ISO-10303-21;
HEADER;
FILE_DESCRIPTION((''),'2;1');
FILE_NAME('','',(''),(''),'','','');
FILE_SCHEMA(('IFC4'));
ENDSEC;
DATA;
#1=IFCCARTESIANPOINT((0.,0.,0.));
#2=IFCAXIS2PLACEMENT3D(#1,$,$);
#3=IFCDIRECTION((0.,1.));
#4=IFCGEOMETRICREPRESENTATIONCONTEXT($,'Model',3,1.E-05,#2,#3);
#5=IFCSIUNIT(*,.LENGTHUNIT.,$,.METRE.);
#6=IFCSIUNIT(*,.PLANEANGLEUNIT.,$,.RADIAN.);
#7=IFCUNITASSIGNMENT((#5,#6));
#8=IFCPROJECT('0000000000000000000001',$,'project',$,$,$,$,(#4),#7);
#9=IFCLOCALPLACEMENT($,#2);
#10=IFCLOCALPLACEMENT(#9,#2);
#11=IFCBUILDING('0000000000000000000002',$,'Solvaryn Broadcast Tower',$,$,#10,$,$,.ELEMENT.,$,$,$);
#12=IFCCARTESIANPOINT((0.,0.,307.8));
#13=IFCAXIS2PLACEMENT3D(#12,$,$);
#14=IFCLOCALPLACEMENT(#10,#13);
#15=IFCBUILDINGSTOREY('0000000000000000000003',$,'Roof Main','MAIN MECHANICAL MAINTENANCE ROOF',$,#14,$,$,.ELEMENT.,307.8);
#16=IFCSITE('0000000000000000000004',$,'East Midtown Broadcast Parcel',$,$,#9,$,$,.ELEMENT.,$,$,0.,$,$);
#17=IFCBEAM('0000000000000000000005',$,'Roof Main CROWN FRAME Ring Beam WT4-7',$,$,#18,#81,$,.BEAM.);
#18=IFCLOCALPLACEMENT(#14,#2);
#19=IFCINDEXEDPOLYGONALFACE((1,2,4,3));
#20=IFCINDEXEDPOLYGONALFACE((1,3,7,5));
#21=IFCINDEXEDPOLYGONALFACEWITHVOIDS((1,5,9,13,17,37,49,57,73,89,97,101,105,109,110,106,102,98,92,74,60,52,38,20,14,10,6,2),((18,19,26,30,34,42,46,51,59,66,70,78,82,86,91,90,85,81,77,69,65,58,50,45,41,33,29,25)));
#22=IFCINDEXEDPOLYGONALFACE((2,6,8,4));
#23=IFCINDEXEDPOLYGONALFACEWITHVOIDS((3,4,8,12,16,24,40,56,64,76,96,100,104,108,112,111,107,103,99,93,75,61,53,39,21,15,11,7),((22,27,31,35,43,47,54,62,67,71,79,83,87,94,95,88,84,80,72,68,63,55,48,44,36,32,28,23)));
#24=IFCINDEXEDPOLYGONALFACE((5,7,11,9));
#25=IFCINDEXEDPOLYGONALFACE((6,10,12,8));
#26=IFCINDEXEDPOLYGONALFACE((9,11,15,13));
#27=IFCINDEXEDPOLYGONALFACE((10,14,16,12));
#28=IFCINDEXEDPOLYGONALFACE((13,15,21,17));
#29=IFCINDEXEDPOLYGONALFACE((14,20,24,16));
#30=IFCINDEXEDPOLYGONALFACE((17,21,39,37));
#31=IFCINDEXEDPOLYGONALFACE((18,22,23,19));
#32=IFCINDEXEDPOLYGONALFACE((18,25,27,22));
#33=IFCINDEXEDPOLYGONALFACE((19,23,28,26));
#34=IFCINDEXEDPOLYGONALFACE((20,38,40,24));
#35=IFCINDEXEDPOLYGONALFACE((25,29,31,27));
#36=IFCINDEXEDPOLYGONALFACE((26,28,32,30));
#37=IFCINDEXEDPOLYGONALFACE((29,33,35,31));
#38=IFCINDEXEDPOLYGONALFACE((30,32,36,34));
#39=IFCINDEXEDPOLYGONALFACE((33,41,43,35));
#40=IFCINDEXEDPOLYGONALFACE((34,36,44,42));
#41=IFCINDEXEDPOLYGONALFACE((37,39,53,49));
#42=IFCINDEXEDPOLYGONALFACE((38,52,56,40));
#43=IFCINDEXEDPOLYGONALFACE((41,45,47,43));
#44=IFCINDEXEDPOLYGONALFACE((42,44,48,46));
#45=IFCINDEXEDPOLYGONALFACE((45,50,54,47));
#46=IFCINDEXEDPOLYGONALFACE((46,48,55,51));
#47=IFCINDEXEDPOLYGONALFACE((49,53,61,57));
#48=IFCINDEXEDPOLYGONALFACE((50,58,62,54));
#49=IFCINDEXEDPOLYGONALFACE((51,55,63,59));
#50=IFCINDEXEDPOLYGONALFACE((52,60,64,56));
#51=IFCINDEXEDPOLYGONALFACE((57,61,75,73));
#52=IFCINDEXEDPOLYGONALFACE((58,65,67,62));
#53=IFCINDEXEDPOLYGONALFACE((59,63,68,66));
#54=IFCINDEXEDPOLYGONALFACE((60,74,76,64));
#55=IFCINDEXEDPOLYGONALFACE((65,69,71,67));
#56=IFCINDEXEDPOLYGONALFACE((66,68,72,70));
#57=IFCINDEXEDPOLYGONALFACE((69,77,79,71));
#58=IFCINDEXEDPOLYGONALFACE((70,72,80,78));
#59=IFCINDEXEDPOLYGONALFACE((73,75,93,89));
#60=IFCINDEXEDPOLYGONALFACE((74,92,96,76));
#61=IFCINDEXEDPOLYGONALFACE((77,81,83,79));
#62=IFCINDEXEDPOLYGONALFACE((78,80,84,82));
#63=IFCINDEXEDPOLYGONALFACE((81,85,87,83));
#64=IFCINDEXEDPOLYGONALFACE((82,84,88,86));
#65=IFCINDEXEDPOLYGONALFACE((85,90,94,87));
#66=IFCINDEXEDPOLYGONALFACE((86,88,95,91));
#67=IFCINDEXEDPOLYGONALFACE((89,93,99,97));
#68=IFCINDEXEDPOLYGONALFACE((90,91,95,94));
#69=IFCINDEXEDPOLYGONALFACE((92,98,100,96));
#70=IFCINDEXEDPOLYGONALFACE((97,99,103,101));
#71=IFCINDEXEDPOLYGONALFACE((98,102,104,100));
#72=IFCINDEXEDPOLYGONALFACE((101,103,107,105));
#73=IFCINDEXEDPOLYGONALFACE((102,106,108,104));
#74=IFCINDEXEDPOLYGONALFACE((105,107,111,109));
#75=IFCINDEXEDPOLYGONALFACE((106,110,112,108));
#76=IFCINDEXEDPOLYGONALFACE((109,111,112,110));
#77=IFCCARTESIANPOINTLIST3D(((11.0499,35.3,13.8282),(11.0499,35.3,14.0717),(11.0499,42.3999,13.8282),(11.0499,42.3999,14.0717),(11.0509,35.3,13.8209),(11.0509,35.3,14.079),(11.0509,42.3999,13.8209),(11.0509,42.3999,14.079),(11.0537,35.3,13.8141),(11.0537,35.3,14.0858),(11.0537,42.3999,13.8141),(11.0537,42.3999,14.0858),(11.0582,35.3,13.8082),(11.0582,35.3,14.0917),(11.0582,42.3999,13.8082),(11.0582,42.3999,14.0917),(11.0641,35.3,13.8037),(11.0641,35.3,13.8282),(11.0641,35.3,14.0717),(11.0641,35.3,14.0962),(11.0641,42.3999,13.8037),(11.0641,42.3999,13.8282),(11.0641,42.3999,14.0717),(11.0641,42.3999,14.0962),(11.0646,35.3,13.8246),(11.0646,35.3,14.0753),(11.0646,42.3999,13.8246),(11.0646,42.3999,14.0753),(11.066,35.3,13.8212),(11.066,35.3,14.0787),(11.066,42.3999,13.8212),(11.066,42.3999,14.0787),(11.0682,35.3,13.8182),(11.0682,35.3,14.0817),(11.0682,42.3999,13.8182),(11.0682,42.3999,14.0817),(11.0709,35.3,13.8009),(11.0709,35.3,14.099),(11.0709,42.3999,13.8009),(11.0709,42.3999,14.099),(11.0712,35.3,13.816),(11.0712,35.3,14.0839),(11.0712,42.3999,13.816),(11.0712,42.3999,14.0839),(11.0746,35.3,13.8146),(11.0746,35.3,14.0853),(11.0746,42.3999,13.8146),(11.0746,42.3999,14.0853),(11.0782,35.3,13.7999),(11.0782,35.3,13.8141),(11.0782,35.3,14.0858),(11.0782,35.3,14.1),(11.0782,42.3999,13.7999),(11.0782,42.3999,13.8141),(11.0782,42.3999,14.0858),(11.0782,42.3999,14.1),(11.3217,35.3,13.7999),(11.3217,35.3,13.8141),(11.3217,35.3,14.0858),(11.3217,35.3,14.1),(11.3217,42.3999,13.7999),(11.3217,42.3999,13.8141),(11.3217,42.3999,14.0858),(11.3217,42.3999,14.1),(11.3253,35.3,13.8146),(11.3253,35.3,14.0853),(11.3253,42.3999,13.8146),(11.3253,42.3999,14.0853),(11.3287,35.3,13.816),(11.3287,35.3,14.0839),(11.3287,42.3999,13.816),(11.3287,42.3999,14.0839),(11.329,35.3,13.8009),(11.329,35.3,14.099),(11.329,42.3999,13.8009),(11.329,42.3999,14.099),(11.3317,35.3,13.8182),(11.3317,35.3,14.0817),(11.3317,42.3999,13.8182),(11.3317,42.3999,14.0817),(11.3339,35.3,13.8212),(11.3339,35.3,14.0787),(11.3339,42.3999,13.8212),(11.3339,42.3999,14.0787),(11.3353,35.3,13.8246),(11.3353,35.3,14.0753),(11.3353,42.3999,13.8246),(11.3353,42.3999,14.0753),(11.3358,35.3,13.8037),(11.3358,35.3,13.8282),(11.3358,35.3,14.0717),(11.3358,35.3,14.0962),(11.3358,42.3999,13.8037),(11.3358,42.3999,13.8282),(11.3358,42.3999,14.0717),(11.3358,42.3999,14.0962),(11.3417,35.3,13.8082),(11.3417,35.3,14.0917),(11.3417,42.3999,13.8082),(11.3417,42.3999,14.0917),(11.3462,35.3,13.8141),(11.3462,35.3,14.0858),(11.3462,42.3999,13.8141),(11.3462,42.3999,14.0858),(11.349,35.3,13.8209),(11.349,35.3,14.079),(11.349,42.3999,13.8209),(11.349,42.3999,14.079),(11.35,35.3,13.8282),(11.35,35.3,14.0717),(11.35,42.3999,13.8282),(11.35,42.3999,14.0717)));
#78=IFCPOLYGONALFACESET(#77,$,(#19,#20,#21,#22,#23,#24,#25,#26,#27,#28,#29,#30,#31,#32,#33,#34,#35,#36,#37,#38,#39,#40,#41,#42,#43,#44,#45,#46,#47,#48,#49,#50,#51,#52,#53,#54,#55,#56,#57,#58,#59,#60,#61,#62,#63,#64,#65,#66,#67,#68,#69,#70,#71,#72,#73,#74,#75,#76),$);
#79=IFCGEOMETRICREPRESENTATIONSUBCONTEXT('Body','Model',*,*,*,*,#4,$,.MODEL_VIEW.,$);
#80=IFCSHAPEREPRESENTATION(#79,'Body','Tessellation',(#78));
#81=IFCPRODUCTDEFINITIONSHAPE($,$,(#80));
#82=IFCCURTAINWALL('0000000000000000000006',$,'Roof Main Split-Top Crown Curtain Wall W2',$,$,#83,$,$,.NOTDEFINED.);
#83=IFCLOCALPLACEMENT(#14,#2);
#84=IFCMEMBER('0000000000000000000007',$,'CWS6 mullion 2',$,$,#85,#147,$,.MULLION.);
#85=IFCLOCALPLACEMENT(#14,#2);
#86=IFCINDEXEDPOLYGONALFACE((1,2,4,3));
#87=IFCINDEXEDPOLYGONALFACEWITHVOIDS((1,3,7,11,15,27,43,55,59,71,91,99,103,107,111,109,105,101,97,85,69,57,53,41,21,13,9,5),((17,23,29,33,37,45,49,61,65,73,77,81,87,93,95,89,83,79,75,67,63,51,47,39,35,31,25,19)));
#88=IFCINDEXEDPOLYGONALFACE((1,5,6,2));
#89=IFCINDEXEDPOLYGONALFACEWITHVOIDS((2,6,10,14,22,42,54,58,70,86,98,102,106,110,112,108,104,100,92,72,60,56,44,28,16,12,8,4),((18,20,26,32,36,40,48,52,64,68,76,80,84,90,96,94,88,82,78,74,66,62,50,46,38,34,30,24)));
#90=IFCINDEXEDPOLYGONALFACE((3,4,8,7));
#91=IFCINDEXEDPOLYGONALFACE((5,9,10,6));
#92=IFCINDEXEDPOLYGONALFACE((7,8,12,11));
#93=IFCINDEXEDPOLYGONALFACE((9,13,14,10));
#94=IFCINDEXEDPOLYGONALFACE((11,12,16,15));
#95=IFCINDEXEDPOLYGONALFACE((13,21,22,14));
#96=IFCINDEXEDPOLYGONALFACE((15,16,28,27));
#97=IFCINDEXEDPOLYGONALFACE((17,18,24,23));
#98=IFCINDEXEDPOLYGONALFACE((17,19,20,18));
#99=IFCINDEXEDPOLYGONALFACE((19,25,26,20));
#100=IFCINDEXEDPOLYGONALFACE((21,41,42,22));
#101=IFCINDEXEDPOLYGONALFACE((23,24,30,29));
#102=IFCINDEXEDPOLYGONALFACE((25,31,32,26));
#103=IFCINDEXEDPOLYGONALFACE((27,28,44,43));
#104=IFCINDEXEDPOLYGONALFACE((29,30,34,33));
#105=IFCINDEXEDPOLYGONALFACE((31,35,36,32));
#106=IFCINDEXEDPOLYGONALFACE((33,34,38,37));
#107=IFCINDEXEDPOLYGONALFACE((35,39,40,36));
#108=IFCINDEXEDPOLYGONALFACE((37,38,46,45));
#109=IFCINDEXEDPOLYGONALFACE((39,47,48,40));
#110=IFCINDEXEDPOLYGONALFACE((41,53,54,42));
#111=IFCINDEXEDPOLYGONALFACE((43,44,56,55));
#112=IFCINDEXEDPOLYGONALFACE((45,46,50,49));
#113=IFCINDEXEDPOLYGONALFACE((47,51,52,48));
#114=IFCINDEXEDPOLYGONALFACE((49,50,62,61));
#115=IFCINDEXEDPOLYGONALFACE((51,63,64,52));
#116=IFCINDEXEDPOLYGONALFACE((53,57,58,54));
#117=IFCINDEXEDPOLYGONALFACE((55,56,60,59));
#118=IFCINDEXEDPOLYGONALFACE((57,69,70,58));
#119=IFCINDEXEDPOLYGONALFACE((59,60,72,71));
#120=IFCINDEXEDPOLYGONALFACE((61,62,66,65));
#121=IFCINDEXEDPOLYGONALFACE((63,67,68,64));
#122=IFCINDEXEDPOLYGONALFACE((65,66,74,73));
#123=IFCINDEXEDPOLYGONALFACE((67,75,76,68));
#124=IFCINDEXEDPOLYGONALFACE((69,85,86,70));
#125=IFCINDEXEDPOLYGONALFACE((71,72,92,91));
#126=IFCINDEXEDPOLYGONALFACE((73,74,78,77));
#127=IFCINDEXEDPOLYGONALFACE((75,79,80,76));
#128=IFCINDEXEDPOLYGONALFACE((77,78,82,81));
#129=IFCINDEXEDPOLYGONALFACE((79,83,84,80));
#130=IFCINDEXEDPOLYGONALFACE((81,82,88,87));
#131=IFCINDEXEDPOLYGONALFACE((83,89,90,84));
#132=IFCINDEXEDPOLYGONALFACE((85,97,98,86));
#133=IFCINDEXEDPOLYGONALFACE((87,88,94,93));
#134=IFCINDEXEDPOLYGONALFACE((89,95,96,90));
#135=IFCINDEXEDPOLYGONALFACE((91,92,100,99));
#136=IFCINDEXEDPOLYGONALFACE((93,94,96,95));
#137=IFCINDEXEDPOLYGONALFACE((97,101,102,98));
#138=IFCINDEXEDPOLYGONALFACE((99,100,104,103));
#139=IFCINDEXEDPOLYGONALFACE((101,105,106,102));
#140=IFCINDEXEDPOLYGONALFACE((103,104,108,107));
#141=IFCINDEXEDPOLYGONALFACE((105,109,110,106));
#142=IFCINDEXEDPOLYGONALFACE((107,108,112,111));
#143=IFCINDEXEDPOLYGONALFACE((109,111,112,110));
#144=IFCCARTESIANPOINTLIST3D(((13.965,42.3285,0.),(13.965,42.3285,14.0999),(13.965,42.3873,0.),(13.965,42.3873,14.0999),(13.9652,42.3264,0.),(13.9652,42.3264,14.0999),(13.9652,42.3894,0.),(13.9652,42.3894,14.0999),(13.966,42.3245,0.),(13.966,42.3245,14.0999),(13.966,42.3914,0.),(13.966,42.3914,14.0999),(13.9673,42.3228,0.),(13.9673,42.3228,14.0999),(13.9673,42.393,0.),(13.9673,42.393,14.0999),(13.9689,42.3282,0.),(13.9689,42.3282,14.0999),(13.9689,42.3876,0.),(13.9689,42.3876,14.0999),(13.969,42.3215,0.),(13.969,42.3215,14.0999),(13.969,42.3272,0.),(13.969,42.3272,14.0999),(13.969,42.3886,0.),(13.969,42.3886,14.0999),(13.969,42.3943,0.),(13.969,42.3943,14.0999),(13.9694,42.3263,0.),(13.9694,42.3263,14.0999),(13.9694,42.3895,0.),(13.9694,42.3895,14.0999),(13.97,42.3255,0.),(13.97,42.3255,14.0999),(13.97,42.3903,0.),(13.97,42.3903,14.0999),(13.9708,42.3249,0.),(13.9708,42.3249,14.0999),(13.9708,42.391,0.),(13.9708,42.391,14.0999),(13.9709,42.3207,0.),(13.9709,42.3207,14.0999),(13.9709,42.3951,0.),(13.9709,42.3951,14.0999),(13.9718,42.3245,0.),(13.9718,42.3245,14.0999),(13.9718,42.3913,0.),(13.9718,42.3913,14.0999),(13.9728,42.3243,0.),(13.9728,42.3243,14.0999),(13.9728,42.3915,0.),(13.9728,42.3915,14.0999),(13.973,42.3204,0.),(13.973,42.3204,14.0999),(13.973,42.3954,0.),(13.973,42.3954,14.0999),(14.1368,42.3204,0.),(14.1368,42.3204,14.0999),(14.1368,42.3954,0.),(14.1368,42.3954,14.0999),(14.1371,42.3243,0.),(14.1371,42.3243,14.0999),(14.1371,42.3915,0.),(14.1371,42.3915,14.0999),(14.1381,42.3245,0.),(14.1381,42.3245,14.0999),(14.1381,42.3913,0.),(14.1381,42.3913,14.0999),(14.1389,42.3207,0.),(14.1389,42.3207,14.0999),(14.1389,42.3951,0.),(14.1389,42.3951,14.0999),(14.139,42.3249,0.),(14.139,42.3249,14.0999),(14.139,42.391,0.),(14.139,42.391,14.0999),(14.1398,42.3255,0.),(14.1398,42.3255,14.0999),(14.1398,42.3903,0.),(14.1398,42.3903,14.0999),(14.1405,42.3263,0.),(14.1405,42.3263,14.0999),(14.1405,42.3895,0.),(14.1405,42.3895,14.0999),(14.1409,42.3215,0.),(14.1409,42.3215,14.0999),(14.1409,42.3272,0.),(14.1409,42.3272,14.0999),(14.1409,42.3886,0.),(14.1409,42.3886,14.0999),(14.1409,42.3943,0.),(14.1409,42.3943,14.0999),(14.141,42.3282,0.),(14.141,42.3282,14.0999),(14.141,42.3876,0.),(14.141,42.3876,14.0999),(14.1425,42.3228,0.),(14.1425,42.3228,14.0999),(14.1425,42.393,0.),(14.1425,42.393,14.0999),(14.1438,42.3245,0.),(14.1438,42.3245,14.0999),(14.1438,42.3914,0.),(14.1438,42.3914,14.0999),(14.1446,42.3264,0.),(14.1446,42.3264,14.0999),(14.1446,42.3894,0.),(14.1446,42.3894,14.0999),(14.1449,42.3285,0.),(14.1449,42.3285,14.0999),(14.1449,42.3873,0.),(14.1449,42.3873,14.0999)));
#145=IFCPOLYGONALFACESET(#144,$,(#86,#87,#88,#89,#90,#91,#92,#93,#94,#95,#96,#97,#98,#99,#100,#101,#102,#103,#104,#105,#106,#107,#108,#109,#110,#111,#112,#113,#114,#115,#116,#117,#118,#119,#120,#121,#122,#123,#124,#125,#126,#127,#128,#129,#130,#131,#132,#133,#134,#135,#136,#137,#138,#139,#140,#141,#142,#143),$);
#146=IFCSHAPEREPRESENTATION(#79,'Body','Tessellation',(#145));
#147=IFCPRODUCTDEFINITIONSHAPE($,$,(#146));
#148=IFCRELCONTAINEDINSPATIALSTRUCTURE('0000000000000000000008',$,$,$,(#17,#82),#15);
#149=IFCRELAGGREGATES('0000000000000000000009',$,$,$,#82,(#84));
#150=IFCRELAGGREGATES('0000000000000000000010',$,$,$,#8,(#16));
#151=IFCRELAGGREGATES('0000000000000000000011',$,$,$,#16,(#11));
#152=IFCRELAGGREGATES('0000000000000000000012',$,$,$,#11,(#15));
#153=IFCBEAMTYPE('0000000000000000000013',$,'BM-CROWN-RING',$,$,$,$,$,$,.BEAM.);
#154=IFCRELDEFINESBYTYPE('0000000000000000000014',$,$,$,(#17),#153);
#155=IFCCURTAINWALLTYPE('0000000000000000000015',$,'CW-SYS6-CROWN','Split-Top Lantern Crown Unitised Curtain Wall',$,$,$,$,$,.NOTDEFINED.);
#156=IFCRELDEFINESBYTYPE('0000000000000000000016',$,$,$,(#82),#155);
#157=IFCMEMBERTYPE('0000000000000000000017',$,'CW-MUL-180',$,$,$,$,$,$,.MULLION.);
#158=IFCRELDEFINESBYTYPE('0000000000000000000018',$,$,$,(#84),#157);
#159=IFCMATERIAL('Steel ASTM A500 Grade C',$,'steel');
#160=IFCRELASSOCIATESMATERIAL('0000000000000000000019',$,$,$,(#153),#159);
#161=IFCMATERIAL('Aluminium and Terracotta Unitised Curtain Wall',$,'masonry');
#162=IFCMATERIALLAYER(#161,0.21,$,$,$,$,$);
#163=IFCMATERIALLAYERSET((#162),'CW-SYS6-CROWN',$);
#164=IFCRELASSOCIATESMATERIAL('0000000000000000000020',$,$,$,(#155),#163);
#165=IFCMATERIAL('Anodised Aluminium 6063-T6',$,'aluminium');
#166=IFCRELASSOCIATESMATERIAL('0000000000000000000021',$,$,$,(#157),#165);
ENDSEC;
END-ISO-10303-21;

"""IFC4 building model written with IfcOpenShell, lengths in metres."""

from ifc_helpers import new_model, si_unit, direction, frame, origin, origin_2d, place, context, subcontext, project, spatial, hollow_rectangle, extrude, material, layer, layer_set, material_profile, profile_set, type_object, element, aggregate, save


model = new_model("IFC4")

# Units and contexts
model_context = context("Model", 3, precision=1e-05, world=origin(), true_north=direction((0.0, 1.0)))
body_context = subcontext(model_context, "Body", "Model", "MODEL_VIEW")
ifc_project = project(units=[si_unit("LENGTHUNIT", "METRE"), si_unit("PLANEANGLEUNIT", "RADIAN")], contexts=[model_context])

# Site, building, storey
site_placement = place(None, origin())
site = spatial("IfcSite", under=ifc_project, at=site_placement, Name="East Midtown Broadcast Parcel", CompositionType="ELEMENT", RefElevation=0.0)
building_placement = place(site_placement, origin())
building = spatial("IfcBuilding", under=site, at=building_placement, Name="Solvaryn Broadcast Tower", CompositionType="ELEMENT")
storey_placement = place(building_placement, frame((0.0, 0.0, 307.8)))
storey = spatial("IfcBuildingStorey", under=building, at=storey_placement, Name="Roof Main", Description="MAIN MECHANICAL MAINTENANCE ROOF", CompositionType="ELEMENT", Elevation=307.8)

# Beam
ifc_material_1 = material(Name="Steel ASTM A500 Grade C", Category="steel")
ifc_material_profile_1 = material_profile(ifc_material_1, hollow_rectangle(XDim=0.3, YDim=0.3, WallThickness=0.0142, InnerFilletRadius=0.0142, OuterFilletRadius=0.0283, at=origin_2d()))
ifc_profile_set_1 = profile_set([ifc_material_profile_1], Name="Steel ASTM A500 Grade C")
beam_type = type_object("IfcBeamType", Name="BM-CROWN-RING", PredefinedType="BEAM", material=ifc_profile_set_1)
for number, where, z_axis, x_axis, name in (
    (1, (11.2, 42.3999, 13.95), (0.0, -1.0, 0.0), (1.0, 0.0, 0.0), "Roof Main CROWN FRAME Ring Beam WT4-7"),
):
    element("IfcBeam", number, at=place(storey_placement, frame(where, z_axis=z_axis, x_axis=x_axis)), inside=storey, type_object=beam_type, Name=name, PredefinedType="BEAM", context=body_context, shape_type="SweptSolid", body=[
        extrude(hollow_rectangle(XDim=0.3, YDim=0.3, WallThickness=0.0142, InnerFilletRadius=0.0142, OuterFilletRadius=0.0283, at=origin_2d()), origin(), (0.0, 0.0, 1.0), 7.0999),
    ])

# Curtain wall, member
ifc_material_2 = material(Name="Aluminium and Terracotta Unitised Curtain Wall", Category="masonry")
ifc_layer_1 = layer(ifc_material_2, 0.21)
ifc_layer_set_1 = layer_set([ifc_layer_1], Name="CW-SYS6-CROWN")
curtain_wall_type = type_object("IfcCurtainWallType", Name="CW-SYS6-CROWN", Description="Split-Top Lantern Crown Unitised Curtain Wall", PredefinedType="NOTDEFINED", material=ifc_layer_set_1)
curtain_wall_1_placement = place(storey_placement, origin())
curtain_wall_1 = element("IfcCurtainWall", 2, at=curtain_wall_1_placement, inside=storey, type_object=curtain_wall_type, Name="Roof Main Split-Top Crown Curtain Wall W2", PredefinedType="NOTDEFINED")
ifc_material_3 = material(Name="Anodised Aluminium 6063-T6", Category="aluminium")
ifc_material_profile_2 = material_profile(ifc_material_3, hollow_rectangle(XDim=0.075, YDim=0.1799, WallThickness=0.0039, InnerFilletRadius=0.0039, OuterFilletRadius=0.0081, at=origin_2d()))
ifc_profile_set_2 = profile_set([ifc_material_profile_2], Name="Anodised Aluminium 6063-T6")
member_type_1 = type_object("IfcMemberType", Name="CW-MUL-180", PredefinedType="MULLION", material=ifc_profile_set_2)
member_1_placement = place(storey_placement, frame((14.0549, 42.3579, 0.0), z_axis=(0.0, 0.0, 1.0), x_axis=(0.0, -1.0, 0.0)))
member_1 = element("IfcMember", 3, at=member_1_placement, type_object=member_type_1, Name="CWS6 mullion 2", PredefinedType="MULLION", context=body_context, shape_type="SweptSolid", body=[
    extrude(hollow_rectangle(XDim=0.075, YDim=0.1799, WallThickness=0.0039, InnerFilletRadius=0.0039, OuterFilletRadius=0.0081, at=origin_2d()), origin(), (0.0, 0.0, 1.0), 14.0999),
])

aggregate(curtain_wall_1, [member_1])

save(model, "model.ifc")
